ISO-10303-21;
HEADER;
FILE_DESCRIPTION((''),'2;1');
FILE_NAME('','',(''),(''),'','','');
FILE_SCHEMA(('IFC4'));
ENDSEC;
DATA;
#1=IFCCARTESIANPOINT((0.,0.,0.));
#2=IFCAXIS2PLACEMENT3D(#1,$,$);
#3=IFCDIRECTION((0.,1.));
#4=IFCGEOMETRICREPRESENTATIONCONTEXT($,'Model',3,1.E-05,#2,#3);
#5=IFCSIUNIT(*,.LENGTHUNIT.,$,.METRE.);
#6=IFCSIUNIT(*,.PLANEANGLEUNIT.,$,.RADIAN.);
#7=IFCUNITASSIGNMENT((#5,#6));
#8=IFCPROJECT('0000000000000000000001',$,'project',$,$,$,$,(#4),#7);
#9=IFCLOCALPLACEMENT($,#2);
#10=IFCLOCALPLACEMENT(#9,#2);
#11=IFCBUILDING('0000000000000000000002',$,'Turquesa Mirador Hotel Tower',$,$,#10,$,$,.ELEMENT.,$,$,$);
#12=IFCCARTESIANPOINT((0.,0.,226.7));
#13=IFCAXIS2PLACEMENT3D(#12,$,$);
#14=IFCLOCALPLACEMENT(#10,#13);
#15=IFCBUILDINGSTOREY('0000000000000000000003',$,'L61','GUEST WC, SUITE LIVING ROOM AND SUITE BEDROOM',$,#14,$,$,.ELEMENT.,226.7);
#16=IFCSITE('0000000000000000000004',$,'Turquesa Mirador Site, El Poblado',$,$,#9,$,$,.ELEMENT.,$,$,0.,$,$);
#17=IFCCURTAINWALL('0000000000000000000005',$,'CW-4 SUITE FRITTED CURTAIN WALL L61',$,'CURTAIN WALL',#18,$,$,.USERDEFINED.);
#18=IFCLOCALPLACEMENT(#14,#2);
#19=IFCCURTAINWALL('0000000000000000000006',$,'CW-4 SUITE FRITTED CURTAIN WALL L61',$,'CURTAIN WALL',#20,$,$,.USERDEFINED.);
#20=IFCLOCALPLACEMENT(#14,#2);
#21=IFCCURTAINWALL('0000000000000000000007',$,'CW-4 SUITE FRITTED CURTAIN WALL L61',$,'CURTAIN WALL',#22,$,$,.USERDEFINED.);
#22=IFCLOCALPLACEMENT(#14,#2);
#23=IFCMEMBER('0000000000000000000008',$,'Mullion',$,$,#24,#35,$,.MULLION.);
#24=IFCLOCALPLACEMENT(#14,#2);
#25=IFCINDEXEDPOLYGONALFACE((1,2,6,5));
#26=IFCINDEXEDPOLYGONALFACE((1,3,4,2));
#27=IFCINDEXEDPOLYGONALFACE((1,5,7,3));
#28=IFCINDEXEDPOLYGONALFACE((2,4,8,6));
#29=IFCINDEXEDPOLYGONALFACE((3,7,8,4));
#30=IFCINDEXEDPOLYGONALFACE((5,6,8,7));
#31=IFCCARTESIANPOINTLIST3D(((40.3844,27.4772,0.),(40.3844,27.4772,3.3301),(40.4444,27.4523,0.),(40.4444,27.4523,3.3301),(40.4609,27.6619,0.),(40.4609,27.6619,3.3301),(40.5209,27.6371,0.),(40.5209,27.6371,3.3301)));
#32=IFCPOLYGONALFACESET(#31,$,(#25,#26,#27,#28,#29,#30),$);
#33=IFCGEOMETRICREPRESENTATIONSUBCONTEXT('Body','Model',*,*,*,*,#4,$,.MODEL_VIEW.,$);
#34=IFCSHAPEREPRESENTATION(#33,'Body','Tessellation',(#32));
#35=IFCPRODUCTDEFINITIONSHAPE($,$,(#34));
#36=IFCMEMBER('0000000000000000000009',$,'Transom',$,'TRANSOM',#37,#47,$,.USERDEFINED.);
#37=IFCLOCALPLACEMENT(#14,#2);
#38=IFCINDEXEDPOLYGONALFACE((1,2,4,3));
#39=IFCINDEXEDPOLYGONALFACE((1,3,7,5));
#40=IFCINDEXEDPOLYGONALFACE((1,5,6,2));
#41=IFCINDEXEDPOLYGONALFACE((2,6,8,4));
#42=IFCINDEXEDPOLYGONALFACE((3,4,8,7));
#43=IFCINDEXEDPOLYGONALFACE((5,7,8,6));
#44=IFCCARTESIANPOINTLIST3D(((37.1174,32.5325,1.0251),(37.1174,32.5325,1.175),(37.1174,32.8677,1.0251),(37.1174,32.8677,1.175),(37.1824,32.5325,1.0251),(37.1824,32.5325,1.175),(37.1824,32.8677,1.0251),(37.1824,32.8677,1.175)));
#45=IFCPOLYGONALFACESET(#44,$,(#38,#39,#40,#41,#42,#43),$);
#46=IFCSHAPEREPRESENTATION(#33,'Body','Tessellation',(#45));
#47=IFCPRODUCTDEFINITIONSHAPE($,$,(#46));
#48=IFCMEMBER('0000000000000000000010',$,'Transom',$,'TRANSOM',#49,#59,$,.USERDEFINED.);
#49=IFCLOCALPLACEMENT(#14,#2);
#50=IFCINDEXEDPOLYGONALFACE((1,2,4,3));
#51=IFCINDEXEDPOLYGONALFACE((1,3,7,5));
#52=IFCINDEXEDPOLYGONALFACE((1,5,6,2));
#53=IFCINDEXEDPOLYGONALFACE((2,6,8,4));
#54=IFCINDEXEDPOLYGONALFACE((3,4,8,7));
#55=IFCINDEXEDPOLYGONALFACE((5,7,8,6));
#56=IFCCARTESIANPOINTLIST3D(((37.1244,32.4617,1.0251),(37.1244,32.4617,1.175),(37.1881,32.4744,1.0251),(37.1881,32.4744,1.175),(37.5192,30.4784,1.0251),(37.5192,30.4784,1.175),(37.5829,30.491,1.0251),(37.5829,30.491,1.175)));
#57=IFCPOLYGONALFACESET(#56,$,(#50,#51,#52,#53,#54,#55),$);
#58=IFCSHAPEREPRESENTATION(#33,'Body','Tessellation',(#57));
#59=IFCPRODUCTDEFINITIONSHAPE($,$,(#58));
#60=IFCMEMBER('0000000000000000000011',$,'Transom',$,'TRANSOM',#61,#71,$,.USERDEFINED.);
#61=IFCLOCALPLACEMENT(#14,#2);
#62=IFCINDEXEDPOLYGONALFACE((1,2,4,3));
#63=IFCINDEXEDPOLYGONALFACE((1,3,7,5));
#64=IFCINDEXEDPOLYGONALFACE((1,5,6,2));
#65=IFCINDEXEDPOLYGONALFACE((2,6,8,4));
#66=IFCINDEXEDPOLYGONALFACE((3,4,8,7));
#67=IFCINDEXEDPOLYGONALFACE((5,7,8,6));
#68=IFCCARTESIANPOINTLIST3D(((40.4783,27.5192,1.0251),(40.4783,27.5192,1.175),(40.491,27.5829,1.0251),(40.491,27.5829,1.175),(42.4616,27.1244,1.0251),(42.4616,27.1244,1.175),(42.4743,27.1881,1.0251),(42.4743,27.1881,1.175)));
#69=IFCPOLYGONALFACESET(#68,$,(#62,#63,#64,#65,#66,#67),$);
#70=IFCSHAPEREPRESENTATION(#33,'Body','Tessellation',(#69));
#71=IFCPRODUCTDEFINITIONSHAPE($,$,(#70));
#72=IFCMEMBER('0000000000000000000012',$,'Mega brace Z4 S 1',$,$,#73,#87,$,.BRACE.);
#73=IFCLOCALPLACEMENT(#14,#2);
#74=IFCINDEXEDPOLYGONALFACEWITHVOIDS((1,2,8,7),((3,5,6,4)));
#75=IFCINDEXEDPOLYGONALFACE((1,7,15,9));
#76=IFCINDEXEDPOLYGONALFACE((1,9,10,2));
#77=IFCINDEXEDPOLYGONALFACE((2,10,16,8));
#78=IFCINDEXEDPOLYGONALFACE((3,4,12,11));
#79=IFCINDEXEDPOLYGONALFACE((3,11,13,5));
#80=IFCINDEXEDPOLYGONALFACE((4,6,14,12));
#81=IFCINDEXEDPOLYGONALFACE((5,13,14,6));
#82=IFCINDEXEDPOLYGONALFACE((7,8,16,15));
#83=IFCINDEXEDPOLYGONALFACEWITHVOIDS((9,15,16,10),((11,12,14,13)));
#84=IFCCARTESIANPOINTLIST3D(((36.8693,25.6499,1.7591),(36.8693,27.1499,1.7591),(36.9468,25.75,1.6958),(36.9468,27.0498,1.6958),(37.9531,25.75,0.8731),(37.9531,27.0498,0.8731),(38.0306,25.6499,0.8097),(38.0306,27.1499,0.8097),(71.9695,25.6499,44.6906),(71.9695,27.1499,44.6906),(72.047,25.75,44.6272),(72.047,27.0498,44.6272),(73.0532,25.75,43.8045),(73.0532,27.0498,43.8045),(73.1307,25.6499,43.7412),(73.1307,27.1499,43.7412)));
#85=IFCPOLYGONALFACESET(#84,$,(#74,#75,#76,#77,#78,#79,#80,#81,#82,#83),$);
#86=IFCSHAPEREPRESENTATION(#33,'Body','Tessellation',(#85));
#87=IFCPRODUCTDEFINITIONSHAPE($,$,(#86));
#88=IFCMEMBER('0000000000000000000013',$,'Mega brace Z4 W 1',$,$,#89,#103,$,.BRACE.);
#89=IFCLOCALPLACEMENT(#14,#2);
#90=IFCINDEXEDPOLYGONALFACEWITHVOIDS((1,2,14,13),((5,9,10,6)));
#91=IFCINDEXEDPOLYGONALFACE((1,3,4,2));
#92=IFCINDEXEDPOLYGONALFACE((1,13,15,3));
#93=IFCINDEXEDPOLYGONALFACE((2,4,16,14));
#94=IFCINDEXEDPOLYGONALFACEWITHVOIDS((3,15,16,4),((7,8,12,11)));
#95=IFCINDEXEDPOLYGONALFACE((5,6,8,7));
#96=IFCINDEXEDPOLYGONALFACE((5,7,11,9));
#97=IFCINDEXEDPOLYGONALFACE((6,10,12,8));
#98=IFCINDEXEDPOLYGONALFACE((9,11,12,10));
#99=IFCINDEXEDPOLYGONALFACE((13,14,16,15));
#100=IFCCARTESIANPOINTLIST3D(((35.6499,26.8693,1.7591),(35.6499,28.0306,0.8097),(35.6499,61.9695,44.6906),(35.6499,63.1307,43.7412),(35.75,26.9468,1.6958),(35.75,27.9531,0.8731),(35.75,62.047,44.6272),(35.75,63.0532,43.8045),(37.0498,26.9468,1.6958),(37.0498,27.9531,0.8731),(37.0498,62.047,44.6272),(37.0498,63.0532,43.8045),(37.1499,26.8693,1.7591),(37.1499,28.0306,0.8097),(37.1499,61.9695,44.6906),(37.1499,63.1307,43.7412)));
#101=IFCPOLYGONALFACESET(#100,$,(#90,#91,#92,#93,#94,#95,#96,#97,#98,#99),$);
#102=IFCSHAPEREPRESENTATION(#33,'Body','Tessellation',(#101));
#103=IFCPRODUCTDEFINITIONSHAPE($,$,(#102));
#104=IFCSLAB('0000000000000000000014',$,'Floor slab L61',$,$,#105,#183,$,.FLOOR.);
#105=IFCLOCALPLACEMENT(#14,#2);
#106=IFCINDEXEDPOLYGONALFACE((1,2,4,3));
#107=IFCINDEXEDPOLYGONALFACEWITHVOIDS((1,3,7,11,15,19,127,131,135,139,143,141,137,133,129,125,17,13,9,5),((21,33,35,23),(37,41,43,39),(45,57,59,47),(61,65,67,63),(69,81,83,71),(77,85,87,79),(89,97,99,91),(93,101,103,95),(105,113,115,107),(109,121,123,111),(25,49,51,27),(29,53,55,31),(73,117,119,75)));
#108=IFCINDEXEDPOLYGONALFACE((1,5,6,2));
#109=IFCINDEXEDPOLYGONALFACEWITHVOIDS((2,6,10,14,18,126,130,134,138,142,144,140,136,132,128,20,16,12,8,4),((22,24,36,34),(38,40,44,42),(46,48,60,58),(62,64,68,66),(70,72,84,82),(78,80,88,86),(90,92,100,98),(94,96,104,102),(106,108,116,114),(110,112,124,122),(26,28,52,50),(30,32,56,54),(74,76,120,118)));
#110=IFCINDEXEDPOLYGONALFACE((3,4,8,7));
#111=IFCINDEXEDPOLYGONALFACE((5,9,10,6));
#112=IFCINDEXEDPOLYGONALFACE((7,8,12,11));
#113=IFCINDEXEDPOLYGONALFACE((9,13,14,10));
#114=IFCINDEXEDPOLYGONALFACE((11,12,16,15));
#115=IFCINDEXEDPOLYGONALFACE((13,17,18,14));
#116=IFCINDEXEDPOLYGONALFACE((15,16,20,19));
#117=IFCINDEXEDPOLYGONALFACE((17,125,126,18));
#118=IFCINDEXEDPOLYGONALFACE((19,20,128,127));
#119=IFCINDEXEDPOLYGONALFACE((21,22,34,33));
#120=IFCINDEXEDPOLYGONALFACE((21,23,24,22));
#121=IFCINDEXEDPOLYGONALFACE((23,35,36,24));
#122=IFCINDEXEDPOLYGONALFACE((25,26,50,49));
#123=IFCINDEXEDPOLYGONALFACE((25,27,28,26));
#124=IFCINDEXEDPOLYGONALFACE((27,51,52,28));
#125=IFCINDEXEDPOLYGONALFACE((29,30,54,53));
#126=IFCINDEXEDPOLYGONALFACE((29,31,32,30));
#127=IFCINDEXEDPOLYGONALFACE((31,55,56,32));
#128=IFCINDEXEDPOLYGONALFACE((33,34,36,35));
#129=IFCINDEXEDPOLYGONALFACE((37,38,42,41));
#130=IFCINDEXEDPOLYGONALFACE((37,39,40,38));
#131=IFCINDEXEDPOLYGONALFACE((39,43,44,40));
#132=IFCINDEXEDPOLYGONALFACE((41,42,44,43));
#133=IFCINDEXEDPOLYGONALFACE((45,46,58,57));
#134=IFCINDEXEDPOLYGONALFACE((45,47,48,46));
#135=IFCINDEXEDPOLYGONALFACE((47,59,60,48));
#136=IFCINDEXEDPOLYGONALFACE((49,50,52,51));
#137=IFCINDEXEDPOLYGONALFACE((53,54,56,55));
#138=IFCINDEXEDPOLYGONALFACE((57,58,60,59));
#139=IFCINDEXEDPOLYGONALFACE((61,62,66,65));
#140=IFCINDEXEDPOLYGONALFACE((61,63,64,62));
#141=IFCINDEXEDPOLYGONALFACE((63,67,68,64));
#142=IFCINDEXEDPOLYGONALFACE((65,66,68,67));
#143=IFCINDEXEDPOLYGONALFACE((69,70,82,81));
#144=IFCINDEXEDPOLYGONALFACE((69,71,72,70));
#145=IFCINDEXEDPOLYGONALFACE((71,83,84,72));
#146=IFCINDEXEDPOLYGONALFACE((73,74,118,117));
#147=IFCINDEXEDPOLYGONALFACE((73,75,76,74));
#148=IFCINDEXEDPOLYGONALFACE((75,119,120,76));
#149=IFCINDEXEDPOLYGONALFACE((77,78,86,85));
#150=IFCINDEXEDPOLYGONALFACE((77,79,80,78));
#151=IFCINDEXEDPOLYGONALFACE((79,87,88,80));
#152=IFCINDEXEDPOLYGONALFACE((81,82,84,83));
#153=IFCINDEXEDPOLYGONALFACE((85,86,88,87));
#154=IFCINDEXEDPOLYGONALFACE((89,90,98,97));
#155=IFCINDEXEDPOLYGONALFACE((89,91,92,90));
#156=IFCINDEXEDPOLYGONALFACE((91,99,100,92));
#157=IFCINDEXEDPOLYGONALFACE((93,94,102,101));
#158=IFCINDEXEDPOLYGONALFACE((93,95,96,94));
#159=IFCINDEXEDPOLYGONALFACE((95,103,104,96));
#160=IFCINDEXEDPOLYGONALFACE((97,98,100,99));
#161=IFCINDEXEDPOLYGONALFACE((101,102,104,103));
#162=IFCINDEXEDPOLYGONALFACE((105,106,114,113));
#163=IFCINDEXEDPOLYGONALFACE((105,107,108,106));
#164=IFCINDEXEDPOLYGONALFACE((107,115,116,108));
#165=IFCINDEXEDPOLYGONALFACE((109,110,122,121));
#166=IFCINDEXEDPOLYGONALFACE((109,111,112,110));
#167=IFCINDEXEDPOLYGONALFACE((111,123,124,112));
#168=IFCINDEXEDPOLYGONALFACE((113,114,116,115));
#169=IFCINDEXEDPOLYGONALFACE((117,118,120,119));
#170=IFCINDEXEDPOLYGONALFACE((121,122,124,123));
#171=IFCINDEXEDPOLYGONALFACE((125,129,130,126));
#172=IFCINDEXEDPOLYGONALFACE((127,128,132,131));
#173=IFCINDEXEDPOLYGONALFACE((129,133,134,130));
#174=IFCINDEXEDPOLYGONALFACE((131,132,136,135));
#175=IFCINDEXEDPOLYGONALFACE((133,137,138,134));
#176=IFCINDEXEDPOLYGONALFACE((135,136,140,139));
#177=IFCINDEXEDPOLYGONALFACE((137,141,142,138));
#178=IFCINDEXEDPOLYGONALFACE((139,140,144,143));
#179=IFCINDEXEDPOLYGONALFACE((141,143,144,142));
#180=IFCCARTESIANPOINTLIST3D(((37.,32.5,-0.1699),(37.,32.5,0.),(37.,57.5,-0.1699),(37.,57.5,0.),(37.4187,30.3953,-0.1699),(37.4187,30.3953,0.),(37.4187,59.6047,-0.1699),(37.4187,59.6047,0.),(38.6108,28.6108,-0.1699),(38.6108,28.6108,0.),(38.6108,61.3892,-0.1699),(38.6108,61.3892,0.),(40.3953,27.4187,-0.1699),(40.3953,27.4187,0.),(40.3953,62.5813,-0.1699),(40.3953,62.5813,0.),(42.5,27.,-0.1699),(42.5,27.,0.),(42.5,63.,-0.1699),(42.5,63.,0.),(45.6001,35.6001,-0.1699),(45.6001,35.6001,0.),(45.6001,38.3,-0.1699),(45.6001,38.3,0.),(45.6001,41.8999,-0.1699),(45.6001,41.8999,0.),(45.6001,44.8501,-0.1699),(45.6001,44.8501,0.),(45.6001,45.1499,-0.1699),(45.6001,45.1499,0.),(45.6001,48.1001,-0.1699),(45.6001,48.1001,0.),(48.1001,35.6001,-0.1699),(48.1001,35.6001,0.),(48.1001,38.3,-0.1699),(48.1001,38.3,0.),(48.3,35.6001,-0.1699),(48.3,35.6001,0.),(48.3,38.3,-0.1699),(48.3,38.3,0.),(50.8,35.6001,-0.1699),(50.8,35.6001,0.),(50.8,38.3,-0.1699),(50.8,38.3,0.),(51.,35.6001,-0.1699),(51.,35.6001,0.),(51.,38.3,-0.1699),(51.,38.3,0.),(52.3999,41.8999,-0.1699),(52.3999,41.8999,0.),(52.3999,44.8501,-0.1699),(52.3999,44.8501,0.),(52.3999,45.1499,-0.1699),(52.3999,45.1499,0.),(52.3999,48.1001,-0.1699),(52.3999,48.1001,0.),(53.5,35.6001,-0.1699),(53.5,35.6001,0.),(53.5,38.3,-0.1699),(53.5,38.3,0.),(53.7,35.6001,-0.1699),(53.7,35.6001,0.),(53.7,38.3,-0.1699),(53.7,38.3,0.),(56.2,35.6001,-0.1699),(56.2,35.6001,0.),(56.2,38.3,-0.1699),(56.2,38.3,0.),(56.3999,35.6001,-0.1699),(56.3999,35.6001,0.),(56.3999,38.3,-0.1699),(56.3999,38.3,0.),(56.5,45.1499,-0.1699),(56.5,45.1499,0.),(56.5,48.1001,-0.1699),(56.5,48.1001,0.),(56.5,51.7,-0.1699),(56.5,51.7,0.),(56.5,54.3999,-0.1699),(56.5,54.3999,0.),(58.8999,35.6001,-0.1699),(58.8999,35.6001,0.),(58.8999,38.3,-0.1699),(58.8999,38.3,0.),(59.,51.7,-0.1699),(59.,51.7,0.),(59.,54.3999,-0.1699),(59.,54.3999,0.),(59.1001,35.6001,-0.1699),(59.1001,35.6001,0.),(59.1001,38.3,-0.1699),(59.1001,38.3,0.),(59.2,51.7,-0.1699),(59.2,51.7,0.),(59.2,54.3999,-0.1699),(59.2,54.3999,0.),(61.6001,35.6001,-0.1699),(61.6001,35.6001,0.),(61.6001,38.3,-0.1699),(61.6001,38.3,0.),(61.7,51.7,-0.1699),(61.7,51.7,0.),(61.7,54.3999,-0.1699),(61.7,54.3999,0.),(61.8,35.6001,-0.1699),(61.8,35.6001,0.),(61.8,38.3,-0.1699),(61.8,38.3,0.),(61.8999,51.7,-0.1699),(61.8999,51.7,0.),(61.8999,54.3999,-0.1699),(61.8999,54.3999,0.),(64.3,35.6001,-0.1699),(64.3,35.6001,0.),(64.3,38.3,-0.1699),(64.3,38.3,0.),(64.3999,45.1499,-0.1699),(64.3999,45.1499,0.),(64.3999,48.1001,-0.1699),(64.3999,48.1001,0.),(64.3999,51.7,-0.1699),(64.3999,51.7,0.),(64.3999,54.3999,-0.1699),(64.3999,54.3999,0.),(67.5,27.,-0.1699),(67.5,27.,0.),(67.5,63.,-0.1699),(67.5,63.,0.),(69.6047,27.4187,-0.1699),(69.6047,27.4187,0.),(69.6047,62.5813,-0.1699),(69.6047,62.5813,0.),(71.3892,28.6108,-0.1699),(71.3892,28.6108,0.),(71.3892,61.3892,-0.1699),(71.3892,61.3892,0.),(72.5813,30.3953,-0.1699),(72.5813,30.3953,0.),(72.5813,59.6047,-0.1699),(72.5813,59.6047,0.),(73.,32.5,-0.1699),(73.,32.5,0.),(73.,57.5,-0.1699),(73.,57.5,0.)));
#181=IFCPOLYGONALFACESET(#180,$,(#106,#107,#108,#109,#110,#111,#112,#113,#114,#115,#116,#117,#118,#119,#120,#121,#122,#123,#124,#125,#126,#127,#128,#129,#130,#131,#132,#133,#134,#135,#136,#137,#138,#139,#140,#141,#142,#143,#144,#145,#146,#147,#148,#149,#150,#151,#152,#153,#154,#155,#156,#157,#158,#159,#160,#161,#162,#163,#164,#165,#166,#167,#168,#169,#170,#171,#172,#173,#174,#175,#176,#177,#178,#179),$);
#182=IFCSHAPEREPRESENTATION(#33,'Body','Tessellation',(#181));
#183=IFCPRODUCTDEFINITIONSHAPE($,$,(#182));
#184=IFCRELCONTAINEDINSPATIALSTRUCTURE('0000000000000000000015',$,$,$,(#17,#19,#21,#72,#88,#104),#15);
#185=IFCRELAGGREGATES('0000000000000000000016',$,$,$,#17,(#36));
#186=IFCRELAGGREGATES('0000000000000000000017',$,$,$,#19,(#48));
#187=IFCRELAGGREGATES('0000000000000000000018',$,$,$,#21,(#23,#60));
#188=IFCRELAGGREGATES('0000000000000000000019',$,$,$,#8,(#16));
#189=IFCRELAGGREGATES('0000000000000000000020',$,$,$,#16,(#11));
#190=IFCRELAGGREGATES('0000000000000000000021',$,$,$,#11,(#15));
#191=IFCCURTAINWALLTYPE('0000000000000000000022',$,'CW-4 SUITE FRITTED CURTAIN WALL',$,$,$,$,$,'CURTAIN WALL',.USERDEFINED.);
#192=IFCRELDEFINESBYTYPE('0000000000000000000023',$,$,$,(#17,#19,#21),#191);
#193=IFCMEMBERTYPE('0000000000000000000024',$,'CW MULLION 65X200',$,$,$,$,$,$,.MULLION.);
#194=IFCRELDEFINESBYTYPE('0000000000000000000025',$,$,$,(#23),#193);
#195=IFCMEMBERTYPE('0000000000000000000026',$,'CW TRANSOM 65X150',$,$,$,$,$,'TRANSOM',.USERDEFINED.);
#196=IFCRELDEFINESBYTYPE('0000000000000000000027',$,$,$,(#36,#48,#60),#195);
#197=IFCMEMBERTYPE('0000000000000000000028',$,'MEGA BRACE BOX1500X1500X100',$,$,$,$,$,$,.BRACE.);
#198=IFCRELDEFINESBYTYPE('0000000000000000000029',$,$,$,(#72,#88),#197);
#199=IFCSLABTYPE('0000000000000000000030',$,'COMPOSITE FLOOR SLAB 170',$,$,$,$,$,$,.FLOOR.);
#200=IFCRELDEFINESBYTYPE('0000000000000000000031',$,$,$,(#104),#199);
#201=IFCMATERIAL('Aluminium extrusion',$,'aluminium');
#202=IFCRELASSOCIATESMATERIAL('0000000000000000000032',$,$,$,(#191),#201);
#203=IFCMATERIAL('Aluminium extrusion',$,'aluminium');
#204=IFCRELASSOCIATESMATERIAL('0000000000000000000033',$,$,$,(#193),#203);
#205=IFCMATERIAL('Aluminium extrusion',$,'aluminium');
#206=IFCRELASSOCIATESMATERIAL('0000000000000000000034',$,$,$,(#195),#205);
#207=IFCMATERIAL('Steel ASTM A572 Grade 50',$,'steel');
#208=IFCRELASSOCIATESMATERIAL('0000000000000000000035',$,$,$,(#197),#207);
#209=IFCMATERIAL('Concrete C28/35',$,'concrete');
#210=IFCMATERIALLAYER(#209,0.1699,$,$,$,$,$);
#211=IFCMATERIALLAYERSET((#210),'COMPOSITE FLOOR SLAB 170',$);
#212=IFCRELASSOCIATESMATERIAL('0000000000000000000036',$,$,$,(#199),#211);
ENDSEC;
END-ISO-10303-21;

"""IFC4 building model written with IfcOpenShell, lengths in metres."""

from ifc_helpers import new_model, si_unit, direction, frame, origin, origin_2d, place, context, subcontext, project, spatial, polyline, rectangle, hollow_rectangle, outline, extrude, material, layer, layer_set, material_profile, profile_set, type_object, element, aggregate, save


model = new_model("IFC4")

# Units and contexts
model_context = context("Model", 3, precision=1e-05, world=origin(), true_north=direction((0.0, 1.0)))
body_context = subcontext(model_context, "Body", "Model", "MODEL_VIEW")
ifc_project = project(units=[si_unit("LENGTHUNIT", "METRE"), si_unit("PLANEANGLEUNIT", "RADIAN")], contexts=[model_context])

# Site, building, storey
site_placement = place(None, origin())
site = spatial("IfcSite", under=ifc_project, at=site_placement, Name="Turquesa Mirador Site, El Poblado", CompositionType="ELEMENT", RefElevation=0.0)
building_placement = place(site_placement, origin())
building = spatial("IfcBuilding", under=site, at=building_placement, Name="Turquesa Mirador Hotel Tower", CompositionType="ELEMENT")
storey_placement = place(building_placement, frame((0.0, 0.0, 226.7)))
storey = spatial("IfcBuildingStorey", under=building, at=storey_placement, Name="L61", Description="GUEST WC, SUITE LIVING ROOM AND SUITE BEDROOM", CompositionType="ELEMENT", Elevation=226.7)

# Curtain wall
ifc_material_1 = material(Name="Aluminium extrusion", Category="aluminium")
curtain_wall_type = type_object("IfcCurtainWallType", Name="CW-4 SUITE FRITTED CURTAIN WALL", ElementType="CURTAIN WALL", PredefinedType="USERDEFINED", material=ifc_material_1)
curtain_wall_1_placement = place(storey_placement, origin())
curtain_wall_1 = element("IfcCurtainWall", 1, at=curtain_wall_1_placement, inside=storey, type_object=curtain_wall_type, Name="CW-4 SUITE FRITTED CURTAIN WALL L61", ObjectType="CURTAIN WALL", PredefinedType="USERDEFINED")
ifc_material_2 = material(Name="Aluminium extrusion", Category="aluminium")
ifc_material_profile_1 = material_profile(ifc_material_2, rectangle(XDim=0.0649, YDim=0.2, at=origin_2d()), Name="MULLION 65X200")
ifc_profile_set_1 = profile_set([ifc_material_profile_1], Name="Aluminium extrusion")
member_type_1 = type_object("IfcMemberType", Name="CW MULLION 65X200", PredefinedType="MULLION", material=ifc_profile_set_1)

# Curtain walls, member
curtain_wall_2_placement = place(storey_placement, origin())
curtain_wall_2 = element("IfcCurtainWall", 2, at=curtain_wall_2_placement, inside=storey, type_object=curtain_wall_type, Name="CW-4 SUITE FRITTED CURTAIN WALL L61", ObjectType="CURTAIN WALL", PredefinedType="USERDEFINED")
curtain_wall_3_placement = place(storey_placement, origin())
curtain_wall_3 = element("IfcCurtainWall", 3, at=curtain_wall_3_placement, inside=storey, type_object=curtain_wall_type, Name="CW-4 SUITE FRITTED CURTAIN WALL L61", ObjectType="CURTAIN WALL", PredefinedType="USERDEFINED")
member_1_placement = place(storey_placement, frame((40.4526, 27.5571, 0.0), z_axis=(0.0, 0.0, 1.0), x_axis=(0.92388, -0.382683, 0.0)))
member_1 = element("IfcMember", 4, at=member_1_placement, type_object=member_type_1, Name="Mullion", PredefinedType="MULLION", context=body_context, shape_type="SweptSolid", body=[
    extrude(rectangle(XDim=0.0649, YDim=0.2, at=origin_2d()), origin(), (0.0, 0.0, 1.0), 3.3301),
])

# Members
ifc_material_3 = material(Name="Aluminium extrusion", Category="aluminium")
ifc_material_profile_2 = material_profile(ifc_material_3, rectangle(XDim=0.0649, YDim=0.1499, at=origin_2d()), Name="TRANSOM 65X150")
ifc_profile_set_2 = profile_set([ifc_material_profile_2], Name="Aluminium extrusion")
member_type_2 = type_object("IfcMemberType", Name="CW TRANSOM 65X150", ElementType="TRANSOM", PredefinedType="USERDEFINED", material=ifc_profile_set_2)
member_2_placement = place(storey_placement, frame((37.1499, 32.8677, 1.1001), z_axis=(0.0, -1.0, 0.0), x_axis=(1.0, 0.0, 0.0)))
member_2 = element("IfcMember", 5, at=member_2_placement, type_object=member_type_2, Name="Transom", ObjectType="TRANSOM", PredefinedType="USERDEFINED", context=body_context, shape_type="SweptSolid", body=[
    extrude(rectangle(XDim=0.0649, YDim=0.1499, at=origin_2d()), origin(), (0.0, 0.0, 1.0), 0.3352),
])
member_3_placement = place(storey_placement, frame((37.1562, 32.468, 1.1001), z_axis=(0.195211, -0.980761, 0.0), x_axis=(0.980761, 0.195211, 0.0)))
member_3 = element("IfcMember", 6, at=member_3_placement, type_object=member_type_2, Name="Transom", ObjectType="TRANSOM", PredefinedType="USERDEFINED", context=body_context, shape_type="SweptSolid", body=[
    extrude(rectangle(XDim=0.0649, YDim=0.1499, at=origin_2d()), origin(), (0.0, 0.0, 1.0), 2.0222),
])
member_4_placement = place(storey_placement, frame((40.4846, 27.551, 1.1001), z_axis=(0.980761, -0.195211, 0.0), x_axis=(0.195211, 0.980761, 0.0)))
member_4 = element("IfcMember", 7, at=member_4_placement, type_object=member_type_2, Name="Transom", ObjectType="TRANSOM", PredefinedType="USERDEFINED", context=body_context, shape_type="SweptSolid", body=[
    extrude(rectangle(XDim=0.0649, YDim=0.1499, at=origin_2d()), origin(), (0.0, 0.0, 1.0), 2.0222),
])

# Members
ifc_material_4 = material(Name="Steel ASTM A572 Grade 50", Category="steel")
ifc_material_profile_3 = material_profile(ifc_material_4, hollow_rectangle(XDim=1.5, YDim=1.5, WallThickness=0.1001, at=origin_2d()), Name="BOX1500X1500X100")
ifc_profile_set_3 = profile_set([ifc_material_profile_3], Name="Steel ASTM A572 Grade 50")
member_type_3 = type_object("IfcMemberType", Name="MEGA BRACE BOX1500X1500X100", PredefinedType="BRACE", material=ifc_profile_set_3)
for number, where, z_axis, x_axis, name in (
    (8, (37.45, 26.3999, 1.2844), (0.632961, 0.0, 0.774183), (0.0, 1.0, 0.0), "Mega brace Z4 S 1"),
    (9, (36.3999, 27.45, 1.2844), (0.0, 0.632961, 0.774183), (-1.0, 0.0, 0.0), "Mega brace Z4 W 1"),
):
    element("IfcMember", number, at=place(storey_placement, frame(where, z_axis=z_axis, x_axis=x_axis)), inside=storey, type_object=member_type_3, Name=name, PredefinedType="BRACE", context=body_context, shape_type="SweptSolid", body=[
        extrude(hollow_rectangle(XDim=1.5, YDim=1.5, WallThickness=0.1001, at=origin_2d()), origin(), (0.0, 0.0, 1.0), 55.4539),
    ])

# Slab
ifc_material_5 = material(Name="Concrete C28/35", Category="concrete")
ifc_layer_1 = layer(ifc_material_5, 0.1699)
ifc_layer_set_1 = layer_set([ifc_layer_1], Name="COMPOSITE FLOOR SLAB 170")
slab_type_1 = type_object("IfcSlabType", Name="COMPOSITE FLOOR SLAB 170", PredefinedType="FLOOR", material=ifc_layer_set_1)
slab_1_placement = place(storey_placement, frame((0.0, 0.0, -0.1699)))
element("IfcSlab", 10, at=slab_1_placement, inside=storey, type_object=slab_type_1, Name="Floor slab L61", PredefinedType="FLOOR", context=body_context, shape_type="SweptSolid", body=[
    extrude(outline(polyline([(67.5, 27.0), (69.6047, 27.4187), (71.3892, 28.6108), (72.5813, 30.3953), (73.0, 32.5), (73.0, 57.5), (72.5813, 59.6047), (71.3892, 61.3892), (69.6047, 62.5813), (67.5, 63.0), (42.5, 63.0), (40.3953, 62.5813), (38.6108, 61.3892), (37.4187, 59.6047), (37.0, 57.5), (37.0, 32.5), (37.4187, 30.3953), (38.6108, 28.6108), (40.3953, 27.4187), (42.5, 27.0), (67.5, 27.0)]), holes=[polyline([(56.5, 51.7), (59.0, 51.7), (59.0, 54.3999), (56.5, 54.3999), (56.5, 51.7)]), polyline([(59.2, 51.7), (61.7, 51.7), (61.7, 54.3999), (59.2, 54.3999), (59.2, 51.7)]), polyline([(45.6001, 35.6001), (48.1001, 35.6001), (48.1001, 38.3), (45.6001, 38.3), (45.6001, 35.6001)]), polyline([(48.3, 35.6001), (50.8, 35.6001), (50.8, 38.3), (48.3, 38.3), (48.3, 35.6001)]), polyline([(51.0, 35.6001), (53.5, 35.6001), (53.5, 38.3), (51.0, 38.3), (51.0, 35.6001)]), polyline([(53.7, 35.6001), (56.2, 35.6001), (56.2, 38.3), (53.7, 38.3), (53.7, 35.6001)]), polyline([(56.3999, 35.6001), (58.8999, 35.6001), (58.8999, 38.3), (56.3999, 38.3), (56.3999, 35.6001)]), polyline([(59.1001, 35.6001), (61.6001, 35.6001), (61.6001, 38.3), (59.1001, 38.3), (59.1001, 35.6001)]), polyline([(61.8, 35.6001), (64.3, 35.6001), (64.3, 38.3), (61.8, 38.3), (61.8, 35.6001)]), polyline([(45.6001, 45.1499), (52.3999, 45.1499), (52.3999, 48.1001), (45.6001, 48.1001), (45.6001, 45.1499)]), polyline([(45.6001, 41.8999), (52.3999, 41.8999), (52.3999, 44.8501), (45.6001, 44.8501), (45.6001, 41.8999)]), polyline([(56.5, 45.1499), (64.3999, 45.1499), (64.3999, 48.1001), (56.5, 48.1001), (56.5, 45.1499)]), polyline([(61.8999, 51.7), (64.3999, 51.7), (64.3999, 54.3999), (61.8999, 54.3999), (61.8999, 51.7)])]), origin(), (0.0, 0.0, 1.0), 0.1699),
])

aggregate(curtain_wall_1, [member_2])
aggregate(curtain_wall_2, [member_3])
aggregate(curtain_wall_3, [member_1, member_4])

save(model, "model.ifc")
